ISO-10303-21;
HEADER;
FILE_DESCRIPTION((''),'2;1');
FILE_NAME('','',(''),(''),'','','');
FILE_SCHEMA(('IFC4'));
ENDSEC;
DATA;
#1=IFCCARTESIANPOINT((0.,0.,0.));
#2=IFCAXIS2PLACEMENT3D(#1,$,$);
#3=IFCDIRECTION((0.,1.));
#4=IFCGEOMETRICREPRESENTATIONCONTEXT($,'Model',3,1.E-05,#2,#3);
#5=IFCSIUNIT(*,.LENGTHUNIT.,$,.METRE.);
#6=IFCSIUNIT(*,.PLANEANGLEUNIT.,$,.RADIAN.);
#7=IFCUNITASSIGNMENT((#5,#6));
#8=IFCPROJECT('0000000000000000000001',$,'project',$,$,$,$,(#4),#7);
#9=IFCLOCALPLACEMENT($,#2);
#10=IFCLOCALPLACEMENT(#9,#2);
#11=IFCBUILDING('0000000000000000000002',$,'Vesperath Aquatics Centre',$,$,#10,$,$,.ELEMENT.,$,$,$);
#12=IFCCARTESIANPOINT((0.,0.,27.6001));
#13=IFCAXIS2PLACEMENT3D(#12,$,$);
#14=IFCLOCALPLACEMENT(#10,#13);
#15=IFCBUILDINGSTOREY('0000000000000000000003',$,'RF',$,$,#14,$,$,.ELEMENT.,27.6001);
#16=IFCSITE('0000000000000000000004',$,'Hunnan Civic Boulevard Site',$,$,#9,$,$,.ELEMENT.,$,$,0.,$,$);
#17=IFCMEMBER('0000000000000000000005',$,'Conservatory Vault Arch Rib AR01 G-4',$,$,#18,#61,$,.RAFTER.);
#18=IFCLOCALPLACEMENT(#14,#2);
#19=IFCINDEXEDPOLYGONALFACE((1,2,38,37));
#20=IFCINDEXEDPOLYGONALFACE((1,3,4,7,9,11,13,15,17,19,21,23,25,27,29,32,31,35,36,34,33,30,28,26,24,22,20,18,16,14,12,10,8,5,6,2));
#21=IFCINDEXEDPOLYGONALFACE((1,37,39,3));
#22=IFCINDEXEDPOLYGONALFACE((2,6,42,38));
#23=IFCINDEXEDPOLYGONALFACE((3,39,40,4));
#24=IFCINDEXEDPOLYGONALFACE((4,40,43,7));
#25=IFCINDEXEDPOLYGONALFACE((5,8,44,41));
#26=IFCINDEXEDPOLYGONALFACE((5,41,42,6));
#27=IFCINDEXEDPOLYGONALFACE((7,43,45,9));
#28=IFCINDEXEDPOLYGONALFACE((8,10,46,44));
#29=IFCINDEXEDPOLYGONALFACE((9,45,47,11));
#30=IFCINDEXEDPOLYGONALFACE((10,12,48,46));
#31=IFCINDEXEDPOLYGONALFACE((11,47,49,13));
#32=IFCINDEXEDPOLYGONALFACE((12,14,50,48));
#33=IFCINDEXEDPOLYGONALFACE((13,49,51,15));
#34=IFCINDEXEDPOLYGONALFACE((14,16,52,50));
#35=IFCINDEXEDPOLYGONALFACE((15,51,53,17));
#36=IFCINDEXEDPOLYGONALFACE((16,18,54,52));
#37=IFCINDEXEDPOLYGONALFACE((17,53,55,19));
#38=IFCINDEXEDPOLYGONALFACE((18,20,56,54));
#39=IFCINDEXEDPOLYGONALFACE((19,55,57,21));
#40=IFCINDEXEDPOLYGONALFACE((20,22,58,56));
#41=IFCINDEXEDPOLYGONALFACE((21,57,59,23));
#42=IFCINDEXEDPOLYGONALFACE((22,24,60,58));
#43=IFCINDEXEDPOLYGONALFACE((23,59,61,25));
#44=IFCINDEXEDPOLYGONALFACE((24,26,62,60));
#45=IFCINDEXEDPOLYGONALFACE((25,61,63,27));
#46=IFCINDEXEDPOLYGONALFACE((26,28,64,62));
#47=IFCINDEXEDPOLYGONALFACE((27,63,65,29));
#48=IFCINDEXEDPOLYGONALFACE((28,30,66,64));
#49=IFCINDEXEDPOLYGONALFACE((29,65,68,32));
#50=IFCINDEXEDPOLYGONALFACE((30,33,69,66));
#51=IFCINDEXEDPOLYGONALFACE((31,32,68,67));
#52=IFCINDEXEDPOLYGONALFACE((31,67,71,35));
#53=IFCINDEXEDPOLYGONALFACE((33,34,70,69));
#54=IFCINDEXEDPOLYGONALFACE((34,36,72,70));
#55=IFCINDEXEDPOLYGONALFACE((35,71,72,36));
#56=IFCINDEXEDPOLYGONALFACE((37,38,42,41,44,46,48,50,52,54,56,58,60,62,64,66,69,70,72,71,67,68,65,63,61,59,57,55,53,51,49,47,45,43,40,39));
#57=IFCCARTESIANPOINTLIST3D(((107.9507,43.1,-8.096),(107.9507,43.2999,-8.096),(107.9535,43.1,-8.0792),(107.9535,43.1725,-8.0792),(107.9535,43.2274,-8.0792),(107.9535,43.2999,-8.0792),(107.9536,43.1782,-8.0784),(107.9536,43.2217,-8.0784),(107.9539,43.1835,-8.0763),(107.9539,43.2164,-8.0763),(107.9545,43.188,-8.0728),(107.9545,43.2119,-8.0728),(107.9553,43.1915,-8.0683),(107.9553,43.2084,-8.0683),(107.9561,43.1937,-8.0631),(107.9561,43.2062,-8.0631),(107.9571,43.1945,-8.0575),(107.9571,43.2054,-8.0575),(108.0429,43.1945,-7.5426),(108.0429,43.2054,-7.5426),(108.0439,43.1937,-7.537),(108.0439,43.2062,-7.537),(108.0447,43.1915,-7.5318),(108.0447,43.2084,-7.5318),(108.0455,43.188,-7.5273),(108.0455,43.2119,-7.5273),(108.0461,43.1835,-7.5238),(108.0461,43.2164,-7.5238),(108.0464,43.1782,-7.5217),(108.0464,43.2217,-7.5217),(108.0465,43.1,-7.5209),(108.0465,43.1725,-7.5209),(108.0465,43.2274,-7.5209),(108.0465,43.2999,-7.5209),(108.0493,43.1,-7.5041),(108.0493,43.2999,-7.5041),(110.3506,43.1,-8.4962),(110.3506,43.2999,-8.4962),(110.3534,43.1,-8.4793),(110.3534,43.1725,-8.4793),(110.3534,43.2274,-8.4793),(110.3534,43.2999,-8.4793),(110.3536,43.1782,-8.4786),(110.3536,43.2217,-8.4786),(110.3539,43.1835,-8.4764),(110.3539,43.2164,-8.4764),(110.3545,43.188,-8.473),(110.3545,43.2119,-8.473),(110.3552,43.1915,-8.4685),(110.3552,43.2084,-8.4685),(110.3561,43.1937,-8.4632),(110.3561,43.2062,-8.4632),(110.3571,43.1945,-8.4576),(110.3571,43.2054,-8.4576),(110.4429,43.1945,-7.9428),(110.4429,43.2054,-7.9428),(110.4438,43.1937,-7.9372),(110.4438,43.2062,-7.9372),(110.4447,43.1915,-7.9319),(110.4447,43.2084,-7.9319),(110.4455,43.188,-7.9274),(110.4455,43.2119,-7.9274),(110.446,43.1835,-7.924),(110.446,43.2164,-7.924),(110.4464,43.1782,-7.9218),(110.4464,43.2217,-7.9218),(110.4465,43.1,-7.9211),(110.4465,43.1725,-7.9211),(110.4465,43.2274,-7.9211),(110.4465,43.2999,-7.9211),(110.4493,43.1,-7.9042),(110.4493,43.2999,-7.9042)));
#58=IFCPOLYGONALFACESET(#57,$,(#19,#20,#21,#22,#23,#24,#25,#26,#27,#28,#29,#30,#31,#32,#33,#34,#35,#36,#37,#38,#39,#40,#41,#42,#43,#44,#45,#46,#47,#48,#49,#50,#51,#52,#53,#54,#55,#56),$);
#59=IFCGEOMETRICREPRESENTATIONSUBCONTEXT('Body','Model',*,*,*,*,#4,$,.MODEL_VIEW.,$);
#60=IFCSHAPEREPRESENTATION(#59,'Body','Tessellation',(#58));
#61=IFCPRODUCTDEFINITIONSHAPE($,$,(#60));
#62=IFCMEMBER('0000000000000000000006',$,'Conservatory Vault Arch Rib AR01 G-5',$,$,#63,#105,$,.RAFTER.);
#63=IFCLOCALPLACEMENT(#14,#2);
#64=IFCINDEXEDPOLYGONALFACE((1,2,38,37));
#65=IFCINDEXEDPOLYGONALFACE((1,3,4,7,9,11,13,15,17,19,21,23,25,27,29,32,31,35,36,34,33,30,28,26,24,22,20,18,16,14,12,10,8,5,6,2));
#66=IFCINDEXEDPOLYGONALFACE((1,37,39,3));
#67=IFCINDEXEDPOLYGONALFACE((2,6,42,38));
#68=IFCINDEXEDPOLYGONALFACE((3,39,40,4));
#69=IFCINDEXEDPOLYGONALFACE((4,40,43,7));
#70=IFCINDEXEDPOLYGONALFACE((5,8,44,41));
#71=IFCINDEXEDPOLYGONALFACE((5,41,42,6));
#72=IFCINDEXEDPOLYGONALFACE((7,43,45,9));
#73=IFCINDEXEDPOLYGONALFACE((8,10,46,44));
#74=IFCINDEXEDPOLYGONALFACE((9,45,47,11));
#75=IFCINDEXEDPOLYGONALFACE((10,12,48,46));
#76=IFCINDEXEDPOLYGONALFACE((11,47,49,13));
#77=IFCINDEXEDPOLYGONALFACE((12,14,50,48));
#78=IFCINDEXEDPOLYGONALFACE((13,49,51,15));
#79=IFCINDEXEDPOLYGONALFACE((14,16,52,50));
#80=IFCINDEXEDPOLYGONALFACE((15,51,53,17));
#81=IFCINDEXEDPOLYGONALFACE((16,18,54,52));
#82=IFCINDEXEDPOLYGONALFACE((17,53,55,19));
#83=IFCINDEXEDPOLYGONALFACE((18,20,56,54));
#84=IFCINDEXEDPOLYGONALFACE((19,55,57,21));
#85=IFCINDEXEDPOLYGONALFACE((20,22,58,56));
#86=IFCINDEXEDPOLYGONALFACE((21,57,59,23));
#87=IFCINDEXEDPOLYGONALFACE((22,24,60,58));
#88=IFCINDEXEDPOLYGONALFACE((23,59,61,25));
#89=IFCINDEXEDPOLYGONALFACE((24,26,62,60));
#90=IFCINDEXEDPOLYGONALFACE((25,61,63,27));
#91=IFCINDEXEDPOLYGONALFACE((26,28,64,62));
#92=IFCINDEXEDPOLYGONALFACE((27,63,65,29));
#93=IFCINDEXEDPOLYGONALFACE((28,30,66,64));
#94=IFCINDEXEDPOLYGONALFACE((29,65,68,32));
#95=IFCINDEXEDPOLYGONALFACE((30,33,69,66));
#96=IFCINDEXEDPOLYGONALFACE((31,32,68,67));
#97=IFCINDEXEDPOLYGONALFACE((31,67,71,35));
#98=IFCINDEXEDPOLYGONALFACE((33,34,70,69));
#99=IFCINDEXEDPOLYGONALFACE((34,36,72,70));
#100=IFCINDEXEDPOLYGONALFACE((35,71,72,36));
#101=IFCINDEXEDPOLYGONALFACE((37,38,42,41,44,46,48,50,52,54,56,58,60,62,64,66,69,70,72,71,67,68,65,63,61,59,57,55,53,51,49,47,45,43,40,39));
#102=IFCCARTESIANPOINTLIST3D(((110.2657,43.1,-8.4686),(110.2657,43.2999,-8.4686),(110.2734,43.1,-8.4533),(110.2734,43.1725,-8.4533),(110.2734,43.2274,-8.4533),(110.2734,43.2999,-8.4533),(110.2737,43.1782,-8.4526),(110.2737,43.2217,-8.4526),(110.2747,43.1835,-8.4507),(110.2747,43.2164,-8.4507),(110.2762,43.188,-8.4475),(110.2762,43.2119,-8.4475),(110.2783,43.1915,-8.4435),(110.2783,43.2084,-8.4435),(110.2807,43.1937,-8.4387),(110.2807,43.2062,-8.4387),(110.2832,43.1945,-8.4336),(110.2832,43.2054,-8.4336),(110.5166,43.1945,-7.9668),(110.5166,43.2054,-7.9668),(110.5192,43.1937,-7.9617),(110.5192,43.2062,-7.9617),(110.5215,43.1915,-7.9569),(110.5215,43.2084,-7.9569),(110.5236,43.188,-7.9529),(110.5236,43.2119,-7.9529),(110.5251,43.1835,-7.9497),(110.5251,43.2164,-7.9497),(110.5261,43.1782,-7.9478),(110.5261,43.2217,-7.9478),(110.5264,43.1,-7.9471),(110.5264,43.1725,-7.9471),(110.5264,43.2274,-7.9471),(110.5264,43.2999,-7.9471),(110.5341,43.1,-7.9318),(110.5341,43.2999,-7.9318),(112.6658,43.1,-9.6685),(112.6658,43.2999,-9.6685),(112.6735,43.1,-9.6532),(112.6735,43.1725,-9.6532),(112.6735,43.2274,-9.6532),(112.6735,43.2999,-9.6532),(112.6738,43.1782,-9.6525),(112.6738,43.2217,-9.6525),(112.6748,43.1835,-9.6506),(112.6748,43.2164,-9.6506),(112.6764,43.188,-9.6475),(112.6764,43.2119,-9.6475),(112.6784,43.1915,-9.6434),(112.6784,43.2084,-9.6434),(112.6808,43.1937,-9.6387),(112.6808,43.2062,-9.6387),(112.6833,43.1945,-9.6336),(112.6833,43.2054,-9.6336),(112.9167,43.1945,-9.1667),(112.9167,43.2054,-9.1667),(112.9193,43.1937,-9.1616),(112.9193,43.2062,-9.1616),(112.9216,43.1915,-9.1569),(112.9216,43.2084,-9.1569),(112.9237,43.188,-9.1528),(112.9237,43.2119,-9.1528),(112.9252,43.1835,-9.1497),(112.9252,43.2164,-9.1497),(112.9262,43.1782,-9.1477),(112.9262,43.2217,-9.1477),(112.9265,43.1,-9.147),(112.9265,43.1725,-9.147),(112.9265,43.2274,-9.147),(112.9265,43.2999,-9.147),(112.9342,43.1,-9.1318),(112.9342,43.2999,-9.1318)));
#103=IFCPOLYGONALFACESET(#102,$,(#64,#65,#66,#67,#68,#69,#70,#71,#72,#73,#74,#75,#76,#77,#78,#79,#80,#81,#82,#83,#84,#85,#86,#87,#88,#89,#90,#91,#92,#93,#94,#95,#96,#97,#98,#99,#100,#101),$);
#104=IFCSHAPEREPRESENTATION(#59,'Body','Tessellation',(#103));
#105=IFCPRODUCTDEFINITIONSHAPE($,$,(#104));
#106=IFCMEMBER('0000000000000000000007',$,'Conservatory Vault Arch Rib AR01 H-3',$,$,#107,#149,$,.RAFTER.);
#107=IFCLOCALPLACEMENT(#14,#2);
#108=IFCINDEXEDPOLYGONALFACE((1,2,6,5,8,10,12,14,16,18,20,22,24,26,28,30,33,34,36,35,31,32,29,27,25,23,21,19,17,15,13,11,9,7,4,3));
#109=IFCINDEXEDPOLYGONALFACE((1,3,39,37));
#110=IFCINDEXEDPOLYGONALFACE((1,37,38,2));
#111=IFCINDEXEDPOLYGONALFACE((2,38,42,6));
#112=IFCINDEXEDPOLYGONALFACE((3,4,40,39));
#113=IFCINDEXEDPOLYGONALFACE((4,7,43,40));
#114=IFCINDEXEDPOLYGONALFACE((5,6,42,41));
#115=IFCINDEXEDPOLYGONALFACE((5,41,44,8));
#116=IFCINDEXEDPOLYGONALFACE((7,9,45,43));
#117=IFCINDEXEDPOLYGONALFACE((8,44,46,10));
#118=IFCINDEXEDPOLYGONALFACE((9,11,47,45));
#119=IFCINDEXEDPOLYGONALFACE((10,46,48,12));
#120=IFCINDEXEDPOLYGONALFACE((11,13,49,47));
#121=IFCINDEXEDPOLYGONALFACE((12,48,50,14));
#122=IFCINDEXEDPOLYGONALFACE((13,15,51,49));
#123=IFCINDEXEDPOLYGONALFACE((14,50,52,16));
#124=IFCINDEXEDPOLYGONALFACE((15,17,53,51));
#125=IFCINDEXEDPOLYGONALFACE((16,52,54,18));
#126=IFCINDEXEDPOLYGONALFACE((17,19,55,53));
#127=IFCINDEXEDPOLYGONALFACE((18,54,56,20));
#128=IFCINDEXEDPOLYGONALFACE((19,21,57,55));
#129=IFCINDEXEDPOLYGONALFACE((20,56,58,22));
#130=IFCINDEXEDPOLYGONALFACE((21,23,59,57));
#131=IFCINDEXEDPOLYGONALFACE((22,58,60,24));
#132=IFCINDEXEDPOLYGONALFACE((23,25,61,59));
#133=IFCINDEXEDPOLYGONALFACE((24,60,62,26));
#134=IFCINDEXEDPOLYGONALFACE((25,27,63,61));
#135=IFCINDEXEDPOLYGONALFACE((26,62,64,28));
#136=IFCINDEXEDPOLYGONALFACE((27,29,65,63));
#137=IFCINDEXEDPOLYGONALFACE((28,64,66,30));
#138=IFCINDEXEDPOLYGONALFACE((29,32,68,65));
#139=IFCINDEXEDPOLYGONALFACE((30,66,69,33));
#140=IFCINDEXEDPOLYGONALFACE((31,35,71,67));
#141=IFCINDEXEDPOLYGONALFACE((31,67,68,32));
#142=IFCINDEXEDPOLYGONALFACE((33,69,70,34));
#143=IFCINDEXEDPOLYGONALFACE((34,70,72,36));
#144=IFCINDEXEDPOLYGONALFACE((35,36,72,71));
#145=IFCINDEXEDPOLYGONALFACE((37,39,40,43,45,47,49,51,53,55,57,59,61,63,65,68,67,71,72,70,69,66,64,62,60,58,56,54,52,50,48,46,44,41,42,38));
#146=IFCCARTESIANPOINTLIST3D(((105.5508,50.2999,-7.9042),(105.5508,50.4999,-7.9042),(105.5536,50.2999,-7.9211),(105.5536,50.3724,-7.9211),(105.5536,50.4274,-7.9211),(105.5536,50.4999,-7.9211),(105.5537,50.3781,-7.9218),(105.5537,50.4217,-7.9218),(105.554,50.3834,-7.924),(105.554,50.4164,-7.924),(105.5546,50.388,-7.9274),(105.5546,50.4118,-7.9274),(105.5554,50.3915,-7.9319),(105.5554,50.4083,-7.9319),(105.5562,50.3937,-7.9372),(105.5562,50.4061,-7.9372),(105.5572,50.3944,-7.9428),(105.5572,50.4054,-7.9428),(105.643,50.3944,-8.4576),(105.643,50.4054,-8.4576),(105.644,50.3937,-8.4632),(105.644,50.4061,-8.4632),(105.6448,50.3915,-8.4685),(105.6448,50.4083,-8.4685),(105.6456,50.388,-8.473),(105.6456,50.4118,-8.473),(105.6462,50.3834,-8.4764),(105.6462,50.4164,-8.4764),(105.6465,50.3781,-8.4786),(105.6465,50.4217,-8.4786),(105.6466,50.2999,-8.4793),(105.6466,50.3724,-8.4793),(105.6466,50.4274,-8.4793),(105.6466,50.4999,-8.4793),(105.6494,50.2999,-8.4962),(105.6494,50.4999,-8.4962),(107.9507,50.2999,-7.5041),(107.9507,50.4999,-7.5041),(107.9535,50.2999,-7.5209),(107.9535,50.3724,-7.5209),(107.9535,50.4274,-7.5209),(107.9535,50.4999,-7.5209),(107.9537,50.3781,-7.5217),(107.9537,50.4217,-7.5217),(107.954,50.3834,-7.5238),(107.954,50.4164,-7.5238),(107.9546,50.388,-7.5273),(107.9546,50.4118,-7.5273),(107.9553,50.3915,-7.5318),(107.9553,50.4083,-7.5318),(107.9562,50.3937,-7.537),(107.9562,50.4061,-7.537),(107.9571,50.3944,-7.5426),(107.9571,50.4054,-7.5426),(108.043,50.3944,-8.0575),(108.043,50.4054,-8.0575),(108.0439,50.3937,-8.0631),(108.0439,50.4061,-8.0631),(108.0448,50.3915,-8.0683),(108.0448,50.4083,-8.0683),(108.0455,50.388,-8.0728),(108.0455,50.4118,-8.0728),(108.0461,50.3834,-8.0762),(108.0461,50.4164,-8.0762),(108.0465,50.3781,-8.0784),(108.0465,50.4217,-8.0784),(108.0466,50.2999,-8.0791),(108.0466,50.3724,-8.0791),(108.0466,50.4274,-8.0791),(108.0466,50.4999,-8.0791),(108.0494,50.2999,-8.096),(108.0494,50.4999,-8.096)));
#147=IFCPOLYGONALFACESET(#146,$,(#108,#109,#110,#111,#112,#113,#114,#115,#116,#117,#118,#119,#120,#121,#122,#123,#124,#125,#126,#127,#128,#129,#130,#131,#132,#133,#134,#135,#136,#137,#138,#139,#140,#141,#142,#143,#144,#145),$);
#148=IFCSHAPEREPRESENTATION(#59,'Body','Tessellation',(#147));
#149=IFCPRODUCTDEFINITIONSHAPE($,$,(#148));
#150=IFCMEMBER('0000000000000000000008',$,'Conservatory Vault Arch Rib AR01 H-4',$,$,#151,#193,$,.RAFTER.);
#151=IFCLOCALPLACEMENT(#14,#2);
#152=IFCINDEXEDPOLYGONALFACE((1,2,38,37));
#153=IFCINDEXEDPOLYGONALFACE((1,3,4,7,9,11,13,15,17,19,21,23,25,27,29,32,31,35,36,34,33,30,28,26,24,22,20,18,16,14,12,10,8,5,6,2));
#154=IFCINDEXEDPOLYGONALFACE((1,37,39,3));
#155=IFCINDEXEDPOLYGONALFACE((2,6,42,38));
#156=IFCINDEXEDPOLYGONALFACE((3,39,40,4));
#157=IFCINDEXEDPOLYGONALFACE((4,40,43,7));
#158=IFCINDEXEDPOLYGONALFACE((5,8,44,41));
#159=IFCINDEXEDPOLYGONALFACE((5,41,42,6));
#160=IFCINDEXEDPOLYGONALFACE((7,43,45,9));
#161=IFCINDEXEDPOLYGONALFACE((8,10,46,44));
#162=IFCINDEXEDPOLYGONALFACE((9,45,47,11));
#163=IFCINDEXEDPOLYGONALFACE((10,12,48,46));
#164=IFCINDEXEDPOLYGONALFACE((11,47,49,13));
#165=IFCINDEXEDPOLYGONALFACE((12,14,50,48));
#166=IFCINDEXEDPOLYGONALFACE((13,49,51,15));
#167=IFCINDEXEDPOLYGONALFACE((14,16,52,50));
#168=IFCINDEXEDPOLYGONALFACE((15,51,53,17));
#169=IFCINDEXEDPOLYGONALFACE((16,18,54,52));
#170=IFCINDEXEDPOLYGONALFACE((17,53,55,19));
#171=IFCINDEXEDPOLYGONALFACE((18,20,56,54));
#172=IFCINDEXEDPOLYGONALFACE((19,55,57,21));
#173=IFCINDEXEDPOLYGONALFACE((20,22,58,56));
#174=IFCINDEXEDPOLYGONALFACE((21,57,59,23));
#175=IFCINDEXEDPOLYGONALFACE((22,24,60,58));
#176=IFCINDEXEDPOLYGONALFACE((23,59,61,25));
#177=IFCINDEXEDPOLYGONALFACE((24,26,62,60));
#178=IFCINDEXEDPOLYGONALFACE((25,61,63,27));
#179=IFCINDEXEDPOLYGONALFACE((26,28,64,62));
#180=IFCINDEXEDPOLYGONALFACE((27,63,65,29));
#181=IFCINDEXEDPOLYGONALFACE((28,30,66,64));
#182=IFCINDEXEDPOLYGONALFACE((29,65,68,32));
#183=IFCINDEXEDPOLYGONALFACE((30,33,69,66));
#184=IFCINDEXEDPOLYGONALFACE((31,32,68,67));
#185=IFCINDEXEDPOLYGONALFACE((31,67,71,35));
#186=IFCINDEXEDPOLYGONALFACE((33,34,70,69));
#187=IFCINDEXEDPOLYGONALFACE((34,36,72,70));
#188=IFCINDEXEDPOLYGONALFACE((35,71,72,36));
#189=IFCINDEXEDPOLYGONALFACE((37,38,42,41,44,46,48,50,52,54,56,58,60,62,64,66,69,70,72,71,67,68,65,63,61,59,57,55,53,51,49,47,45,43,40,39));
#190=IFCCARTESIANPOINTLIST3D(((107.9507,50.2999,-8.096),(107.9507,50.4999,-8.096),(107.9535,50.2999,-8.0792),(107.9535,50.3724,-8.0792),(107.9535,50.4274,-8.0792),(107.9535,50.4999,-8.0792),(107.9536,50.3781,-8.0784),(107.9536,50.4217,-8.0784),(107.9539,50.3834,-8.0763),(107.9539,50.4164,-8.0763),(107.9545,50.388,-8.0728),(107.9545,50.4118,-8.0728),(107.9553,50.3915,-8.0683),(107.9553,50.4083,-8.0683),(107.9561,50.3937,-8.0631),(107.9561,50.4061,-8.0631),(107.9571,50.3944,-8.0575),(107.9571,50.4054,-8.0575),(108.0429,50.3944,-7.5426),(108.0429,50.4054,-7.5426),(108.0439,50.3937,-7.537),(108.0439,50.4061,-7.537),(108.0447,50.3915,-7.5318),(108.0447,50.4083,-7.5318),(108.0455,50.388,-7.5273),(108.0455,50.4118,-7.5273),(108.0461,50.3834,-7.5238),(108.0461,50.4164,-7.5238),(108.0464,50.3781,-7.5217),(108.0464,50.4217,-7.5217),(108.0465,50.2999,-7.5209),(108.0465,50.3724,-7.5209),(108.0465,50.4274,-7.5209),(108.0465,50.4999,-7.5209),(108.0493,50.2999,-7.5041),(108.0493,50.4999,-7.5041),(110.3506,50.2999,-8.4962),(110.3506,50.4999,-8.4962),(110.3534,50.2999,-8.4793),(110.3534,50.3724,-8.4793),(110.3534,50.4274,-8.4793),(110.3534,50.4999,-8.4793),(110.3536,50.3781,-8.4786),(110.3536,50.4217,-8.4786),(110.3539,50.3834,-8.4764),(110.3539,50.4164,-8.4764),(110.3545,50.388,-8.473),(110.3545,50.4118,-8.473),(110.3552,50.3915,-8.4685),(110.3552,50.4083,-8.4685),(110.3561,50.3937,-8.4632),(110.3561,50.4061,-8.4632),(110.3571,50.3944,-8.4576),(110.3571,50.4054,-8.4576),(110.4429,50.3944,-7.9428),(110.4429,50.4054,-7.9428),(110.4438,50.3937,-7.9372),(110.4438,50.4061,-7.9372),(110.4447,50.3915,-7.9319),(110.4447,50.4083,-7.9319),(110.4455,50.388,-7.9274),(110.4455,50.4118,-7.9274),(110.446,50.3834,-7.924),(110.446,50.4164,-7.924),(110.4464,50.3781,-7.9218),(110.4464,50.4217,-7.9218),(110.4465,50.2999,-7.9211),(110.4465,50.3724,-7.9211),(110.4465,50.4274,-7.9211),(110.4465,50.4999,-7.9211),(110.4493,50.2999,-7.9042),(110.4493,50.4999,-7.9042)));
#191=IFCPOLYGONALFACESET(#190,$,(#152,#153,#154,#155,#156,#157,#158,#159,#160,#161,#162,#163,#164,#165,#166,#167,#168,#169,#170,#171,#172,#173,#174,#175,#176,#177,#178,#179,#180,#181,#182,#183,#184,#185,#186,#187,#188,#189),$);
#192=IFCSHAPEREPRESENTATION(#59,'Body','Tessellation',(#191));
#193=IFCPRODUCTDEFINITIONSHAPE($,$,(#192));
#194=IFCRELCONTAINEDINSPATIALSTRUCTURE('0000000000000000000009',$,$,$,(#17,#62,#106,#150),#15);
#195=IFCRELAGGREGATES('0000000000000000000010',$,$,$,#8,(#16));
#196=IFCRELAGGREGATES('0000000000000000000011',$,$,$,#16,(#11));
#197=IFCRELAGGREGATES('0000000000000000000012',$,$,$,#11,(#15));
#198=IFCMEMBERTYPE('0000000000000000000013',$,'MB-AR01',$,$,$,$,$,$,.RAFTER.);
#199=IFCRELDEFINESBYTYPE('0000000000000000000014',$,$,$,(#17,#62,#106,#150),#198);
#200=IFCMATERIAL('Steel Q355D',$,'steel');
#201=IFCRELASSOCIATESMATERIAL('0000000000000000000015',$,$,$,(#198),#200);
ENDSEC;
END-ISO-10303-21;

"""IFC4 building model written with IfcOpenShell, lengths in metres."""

from ifc_helpers import new_model, si_unit, direction, frame, origin, origin_2d, place, context, subcontext, project, spatial, i_section, extrude, material, material_profile, profile_set, type_object, element, save


model = new_model("IFC4")

# Units and contexts
model_context = context("Model", 3, precision=1e-05, world=origin(), true_north=direction((0.0, 1.0)))
body_context = subcontext(model_context, "Body", "Model", "MODEL_VIEW")
ifc_project = project(units=[si_unit("LENGTHUNIT", "METRE"), si_unit("PLANEANGLEUNIT", "RADIAN")], contexts=[model_context])

# Site, building, storey
site_placement = place(None, origin())
site = spatial("IfcSite", under=ifc_project, at=site_placement, Name="Hunnan Civic Boulevard Site", CompositionType="ELEMENT", RefElevation=0.0)
building_placement = place(site_placement, origin())
building = spatial("IfcBuilding", under=site, at=building_placement, Name="Vesperath Aquatics Centre", CompositionType="ELEMENT")
storey_placement = place(building_placement, frame((0.0, 0.0, 27.6001)))
storey = spatial("IfcBuildingStorey", under=building, at=storey_placement, Name="RF", CompositionType="ELEMENT", Elevation=27.6001)

# Members
ifc_material_1 = material(Name="Steel Q355D", Category="steel")
ifc_material_profile_1 = material_profile(ifc_material_1, i_section(OverallWidth=0.2, OverallDepth=0.6001, WebThickness=0.011, FlangeThickness=0.0171, FilletRadius=0.022, at=origin_2d()), Name="HN 600x200x11x17")
ifc_profile_set_1 = profile_set([ifc_material_profile_1], Name="Steel Q355D")
member_type_1 = type_object("IfcMemberType", Name="MB-AR01", PredefinedType="RAFTER", material=ifc_profile_set_1)
member_1_placement = place(storey_placement, frame((108.0, 43.2, -7.8), z_axis=(0.986383, 0.0, -0.164464), x_axis=(0.0, 1.0, 0.0)))
element("IfcMember", 1, at=member_1_placement, inside=storey, type_object=member_type_1, Name="Conservatory Vault Arch Rib AR01 G-4", PredefinedType="RAFTER", context=body_context, shape_type="SweptSolid", body=[
    extrude(i_section(OverallWidth=0.2, OverallDepth=0.6001, WebThickness=0.011, FlangeThickness=0.0171, FilletRadius=0.022, at=origin_2d()), origin(), (0.0, 0.0, 1.0), 2.4331),
])
member_2_placement = place(storey_placement, frame((110.3999, 43.2, -8.2002), z_axis=(0.894445, 0.0, -0.447177), x_axis=(0.0, 1.0, 0.0)))
element("IfcMember", 2, at=member_2_placement, inside=storey, type_object=member_type_1, Name="Conservatory Vault Arch Rib AR01 G-5", PredefinedType="RAFTER", context=body_context, shape_type="SweptSolid", body=[
    extrude(i_section(OverallWidth=0.2, OverallDepth=0.6001, WebThickness=0.011, FlangeThickness=0.0171, FilletRadius=0.022, at=origin_2d()), origin(), (0.0, 0.0, 1.0), 2.6833),
])
for number, where, z_axis, x_axis, name in (
    (3, (105.6001, 50.3999, -8.2002), (0.986383, 0.0, 0.164464), (0.0, 1.0, 0.0), "Conservatory Vault Arch Rib AR01 H-3"),
    (4, (108.0, 50.3999, -7.8), (0.986383, 0.0, -0.164464), (0.0, 1.0, 0.0), "Conservatory Vault Arch Rib AR01 H-4"),
):
    element("IfcMember", number, at=place(storey_placement, frame(where, z_axis=z_axis, x_axis=x_axis)), inside=storey, type_object=member_type_1, Name=name, PredefinedType="RAFTER", context=body_context, shape_type="SweptSolid", body=[
        extrude(i_section(OverallWidth=0.2, OverallDepth=0.6001, WebThickness=0.011, FlangeThickness=0.0171, FilletRadius=0.022, at=origin_2d()), origin(), (0.0, 0.0, 1.0), 2.4331),
    ])

save(model, "model.ifc")
